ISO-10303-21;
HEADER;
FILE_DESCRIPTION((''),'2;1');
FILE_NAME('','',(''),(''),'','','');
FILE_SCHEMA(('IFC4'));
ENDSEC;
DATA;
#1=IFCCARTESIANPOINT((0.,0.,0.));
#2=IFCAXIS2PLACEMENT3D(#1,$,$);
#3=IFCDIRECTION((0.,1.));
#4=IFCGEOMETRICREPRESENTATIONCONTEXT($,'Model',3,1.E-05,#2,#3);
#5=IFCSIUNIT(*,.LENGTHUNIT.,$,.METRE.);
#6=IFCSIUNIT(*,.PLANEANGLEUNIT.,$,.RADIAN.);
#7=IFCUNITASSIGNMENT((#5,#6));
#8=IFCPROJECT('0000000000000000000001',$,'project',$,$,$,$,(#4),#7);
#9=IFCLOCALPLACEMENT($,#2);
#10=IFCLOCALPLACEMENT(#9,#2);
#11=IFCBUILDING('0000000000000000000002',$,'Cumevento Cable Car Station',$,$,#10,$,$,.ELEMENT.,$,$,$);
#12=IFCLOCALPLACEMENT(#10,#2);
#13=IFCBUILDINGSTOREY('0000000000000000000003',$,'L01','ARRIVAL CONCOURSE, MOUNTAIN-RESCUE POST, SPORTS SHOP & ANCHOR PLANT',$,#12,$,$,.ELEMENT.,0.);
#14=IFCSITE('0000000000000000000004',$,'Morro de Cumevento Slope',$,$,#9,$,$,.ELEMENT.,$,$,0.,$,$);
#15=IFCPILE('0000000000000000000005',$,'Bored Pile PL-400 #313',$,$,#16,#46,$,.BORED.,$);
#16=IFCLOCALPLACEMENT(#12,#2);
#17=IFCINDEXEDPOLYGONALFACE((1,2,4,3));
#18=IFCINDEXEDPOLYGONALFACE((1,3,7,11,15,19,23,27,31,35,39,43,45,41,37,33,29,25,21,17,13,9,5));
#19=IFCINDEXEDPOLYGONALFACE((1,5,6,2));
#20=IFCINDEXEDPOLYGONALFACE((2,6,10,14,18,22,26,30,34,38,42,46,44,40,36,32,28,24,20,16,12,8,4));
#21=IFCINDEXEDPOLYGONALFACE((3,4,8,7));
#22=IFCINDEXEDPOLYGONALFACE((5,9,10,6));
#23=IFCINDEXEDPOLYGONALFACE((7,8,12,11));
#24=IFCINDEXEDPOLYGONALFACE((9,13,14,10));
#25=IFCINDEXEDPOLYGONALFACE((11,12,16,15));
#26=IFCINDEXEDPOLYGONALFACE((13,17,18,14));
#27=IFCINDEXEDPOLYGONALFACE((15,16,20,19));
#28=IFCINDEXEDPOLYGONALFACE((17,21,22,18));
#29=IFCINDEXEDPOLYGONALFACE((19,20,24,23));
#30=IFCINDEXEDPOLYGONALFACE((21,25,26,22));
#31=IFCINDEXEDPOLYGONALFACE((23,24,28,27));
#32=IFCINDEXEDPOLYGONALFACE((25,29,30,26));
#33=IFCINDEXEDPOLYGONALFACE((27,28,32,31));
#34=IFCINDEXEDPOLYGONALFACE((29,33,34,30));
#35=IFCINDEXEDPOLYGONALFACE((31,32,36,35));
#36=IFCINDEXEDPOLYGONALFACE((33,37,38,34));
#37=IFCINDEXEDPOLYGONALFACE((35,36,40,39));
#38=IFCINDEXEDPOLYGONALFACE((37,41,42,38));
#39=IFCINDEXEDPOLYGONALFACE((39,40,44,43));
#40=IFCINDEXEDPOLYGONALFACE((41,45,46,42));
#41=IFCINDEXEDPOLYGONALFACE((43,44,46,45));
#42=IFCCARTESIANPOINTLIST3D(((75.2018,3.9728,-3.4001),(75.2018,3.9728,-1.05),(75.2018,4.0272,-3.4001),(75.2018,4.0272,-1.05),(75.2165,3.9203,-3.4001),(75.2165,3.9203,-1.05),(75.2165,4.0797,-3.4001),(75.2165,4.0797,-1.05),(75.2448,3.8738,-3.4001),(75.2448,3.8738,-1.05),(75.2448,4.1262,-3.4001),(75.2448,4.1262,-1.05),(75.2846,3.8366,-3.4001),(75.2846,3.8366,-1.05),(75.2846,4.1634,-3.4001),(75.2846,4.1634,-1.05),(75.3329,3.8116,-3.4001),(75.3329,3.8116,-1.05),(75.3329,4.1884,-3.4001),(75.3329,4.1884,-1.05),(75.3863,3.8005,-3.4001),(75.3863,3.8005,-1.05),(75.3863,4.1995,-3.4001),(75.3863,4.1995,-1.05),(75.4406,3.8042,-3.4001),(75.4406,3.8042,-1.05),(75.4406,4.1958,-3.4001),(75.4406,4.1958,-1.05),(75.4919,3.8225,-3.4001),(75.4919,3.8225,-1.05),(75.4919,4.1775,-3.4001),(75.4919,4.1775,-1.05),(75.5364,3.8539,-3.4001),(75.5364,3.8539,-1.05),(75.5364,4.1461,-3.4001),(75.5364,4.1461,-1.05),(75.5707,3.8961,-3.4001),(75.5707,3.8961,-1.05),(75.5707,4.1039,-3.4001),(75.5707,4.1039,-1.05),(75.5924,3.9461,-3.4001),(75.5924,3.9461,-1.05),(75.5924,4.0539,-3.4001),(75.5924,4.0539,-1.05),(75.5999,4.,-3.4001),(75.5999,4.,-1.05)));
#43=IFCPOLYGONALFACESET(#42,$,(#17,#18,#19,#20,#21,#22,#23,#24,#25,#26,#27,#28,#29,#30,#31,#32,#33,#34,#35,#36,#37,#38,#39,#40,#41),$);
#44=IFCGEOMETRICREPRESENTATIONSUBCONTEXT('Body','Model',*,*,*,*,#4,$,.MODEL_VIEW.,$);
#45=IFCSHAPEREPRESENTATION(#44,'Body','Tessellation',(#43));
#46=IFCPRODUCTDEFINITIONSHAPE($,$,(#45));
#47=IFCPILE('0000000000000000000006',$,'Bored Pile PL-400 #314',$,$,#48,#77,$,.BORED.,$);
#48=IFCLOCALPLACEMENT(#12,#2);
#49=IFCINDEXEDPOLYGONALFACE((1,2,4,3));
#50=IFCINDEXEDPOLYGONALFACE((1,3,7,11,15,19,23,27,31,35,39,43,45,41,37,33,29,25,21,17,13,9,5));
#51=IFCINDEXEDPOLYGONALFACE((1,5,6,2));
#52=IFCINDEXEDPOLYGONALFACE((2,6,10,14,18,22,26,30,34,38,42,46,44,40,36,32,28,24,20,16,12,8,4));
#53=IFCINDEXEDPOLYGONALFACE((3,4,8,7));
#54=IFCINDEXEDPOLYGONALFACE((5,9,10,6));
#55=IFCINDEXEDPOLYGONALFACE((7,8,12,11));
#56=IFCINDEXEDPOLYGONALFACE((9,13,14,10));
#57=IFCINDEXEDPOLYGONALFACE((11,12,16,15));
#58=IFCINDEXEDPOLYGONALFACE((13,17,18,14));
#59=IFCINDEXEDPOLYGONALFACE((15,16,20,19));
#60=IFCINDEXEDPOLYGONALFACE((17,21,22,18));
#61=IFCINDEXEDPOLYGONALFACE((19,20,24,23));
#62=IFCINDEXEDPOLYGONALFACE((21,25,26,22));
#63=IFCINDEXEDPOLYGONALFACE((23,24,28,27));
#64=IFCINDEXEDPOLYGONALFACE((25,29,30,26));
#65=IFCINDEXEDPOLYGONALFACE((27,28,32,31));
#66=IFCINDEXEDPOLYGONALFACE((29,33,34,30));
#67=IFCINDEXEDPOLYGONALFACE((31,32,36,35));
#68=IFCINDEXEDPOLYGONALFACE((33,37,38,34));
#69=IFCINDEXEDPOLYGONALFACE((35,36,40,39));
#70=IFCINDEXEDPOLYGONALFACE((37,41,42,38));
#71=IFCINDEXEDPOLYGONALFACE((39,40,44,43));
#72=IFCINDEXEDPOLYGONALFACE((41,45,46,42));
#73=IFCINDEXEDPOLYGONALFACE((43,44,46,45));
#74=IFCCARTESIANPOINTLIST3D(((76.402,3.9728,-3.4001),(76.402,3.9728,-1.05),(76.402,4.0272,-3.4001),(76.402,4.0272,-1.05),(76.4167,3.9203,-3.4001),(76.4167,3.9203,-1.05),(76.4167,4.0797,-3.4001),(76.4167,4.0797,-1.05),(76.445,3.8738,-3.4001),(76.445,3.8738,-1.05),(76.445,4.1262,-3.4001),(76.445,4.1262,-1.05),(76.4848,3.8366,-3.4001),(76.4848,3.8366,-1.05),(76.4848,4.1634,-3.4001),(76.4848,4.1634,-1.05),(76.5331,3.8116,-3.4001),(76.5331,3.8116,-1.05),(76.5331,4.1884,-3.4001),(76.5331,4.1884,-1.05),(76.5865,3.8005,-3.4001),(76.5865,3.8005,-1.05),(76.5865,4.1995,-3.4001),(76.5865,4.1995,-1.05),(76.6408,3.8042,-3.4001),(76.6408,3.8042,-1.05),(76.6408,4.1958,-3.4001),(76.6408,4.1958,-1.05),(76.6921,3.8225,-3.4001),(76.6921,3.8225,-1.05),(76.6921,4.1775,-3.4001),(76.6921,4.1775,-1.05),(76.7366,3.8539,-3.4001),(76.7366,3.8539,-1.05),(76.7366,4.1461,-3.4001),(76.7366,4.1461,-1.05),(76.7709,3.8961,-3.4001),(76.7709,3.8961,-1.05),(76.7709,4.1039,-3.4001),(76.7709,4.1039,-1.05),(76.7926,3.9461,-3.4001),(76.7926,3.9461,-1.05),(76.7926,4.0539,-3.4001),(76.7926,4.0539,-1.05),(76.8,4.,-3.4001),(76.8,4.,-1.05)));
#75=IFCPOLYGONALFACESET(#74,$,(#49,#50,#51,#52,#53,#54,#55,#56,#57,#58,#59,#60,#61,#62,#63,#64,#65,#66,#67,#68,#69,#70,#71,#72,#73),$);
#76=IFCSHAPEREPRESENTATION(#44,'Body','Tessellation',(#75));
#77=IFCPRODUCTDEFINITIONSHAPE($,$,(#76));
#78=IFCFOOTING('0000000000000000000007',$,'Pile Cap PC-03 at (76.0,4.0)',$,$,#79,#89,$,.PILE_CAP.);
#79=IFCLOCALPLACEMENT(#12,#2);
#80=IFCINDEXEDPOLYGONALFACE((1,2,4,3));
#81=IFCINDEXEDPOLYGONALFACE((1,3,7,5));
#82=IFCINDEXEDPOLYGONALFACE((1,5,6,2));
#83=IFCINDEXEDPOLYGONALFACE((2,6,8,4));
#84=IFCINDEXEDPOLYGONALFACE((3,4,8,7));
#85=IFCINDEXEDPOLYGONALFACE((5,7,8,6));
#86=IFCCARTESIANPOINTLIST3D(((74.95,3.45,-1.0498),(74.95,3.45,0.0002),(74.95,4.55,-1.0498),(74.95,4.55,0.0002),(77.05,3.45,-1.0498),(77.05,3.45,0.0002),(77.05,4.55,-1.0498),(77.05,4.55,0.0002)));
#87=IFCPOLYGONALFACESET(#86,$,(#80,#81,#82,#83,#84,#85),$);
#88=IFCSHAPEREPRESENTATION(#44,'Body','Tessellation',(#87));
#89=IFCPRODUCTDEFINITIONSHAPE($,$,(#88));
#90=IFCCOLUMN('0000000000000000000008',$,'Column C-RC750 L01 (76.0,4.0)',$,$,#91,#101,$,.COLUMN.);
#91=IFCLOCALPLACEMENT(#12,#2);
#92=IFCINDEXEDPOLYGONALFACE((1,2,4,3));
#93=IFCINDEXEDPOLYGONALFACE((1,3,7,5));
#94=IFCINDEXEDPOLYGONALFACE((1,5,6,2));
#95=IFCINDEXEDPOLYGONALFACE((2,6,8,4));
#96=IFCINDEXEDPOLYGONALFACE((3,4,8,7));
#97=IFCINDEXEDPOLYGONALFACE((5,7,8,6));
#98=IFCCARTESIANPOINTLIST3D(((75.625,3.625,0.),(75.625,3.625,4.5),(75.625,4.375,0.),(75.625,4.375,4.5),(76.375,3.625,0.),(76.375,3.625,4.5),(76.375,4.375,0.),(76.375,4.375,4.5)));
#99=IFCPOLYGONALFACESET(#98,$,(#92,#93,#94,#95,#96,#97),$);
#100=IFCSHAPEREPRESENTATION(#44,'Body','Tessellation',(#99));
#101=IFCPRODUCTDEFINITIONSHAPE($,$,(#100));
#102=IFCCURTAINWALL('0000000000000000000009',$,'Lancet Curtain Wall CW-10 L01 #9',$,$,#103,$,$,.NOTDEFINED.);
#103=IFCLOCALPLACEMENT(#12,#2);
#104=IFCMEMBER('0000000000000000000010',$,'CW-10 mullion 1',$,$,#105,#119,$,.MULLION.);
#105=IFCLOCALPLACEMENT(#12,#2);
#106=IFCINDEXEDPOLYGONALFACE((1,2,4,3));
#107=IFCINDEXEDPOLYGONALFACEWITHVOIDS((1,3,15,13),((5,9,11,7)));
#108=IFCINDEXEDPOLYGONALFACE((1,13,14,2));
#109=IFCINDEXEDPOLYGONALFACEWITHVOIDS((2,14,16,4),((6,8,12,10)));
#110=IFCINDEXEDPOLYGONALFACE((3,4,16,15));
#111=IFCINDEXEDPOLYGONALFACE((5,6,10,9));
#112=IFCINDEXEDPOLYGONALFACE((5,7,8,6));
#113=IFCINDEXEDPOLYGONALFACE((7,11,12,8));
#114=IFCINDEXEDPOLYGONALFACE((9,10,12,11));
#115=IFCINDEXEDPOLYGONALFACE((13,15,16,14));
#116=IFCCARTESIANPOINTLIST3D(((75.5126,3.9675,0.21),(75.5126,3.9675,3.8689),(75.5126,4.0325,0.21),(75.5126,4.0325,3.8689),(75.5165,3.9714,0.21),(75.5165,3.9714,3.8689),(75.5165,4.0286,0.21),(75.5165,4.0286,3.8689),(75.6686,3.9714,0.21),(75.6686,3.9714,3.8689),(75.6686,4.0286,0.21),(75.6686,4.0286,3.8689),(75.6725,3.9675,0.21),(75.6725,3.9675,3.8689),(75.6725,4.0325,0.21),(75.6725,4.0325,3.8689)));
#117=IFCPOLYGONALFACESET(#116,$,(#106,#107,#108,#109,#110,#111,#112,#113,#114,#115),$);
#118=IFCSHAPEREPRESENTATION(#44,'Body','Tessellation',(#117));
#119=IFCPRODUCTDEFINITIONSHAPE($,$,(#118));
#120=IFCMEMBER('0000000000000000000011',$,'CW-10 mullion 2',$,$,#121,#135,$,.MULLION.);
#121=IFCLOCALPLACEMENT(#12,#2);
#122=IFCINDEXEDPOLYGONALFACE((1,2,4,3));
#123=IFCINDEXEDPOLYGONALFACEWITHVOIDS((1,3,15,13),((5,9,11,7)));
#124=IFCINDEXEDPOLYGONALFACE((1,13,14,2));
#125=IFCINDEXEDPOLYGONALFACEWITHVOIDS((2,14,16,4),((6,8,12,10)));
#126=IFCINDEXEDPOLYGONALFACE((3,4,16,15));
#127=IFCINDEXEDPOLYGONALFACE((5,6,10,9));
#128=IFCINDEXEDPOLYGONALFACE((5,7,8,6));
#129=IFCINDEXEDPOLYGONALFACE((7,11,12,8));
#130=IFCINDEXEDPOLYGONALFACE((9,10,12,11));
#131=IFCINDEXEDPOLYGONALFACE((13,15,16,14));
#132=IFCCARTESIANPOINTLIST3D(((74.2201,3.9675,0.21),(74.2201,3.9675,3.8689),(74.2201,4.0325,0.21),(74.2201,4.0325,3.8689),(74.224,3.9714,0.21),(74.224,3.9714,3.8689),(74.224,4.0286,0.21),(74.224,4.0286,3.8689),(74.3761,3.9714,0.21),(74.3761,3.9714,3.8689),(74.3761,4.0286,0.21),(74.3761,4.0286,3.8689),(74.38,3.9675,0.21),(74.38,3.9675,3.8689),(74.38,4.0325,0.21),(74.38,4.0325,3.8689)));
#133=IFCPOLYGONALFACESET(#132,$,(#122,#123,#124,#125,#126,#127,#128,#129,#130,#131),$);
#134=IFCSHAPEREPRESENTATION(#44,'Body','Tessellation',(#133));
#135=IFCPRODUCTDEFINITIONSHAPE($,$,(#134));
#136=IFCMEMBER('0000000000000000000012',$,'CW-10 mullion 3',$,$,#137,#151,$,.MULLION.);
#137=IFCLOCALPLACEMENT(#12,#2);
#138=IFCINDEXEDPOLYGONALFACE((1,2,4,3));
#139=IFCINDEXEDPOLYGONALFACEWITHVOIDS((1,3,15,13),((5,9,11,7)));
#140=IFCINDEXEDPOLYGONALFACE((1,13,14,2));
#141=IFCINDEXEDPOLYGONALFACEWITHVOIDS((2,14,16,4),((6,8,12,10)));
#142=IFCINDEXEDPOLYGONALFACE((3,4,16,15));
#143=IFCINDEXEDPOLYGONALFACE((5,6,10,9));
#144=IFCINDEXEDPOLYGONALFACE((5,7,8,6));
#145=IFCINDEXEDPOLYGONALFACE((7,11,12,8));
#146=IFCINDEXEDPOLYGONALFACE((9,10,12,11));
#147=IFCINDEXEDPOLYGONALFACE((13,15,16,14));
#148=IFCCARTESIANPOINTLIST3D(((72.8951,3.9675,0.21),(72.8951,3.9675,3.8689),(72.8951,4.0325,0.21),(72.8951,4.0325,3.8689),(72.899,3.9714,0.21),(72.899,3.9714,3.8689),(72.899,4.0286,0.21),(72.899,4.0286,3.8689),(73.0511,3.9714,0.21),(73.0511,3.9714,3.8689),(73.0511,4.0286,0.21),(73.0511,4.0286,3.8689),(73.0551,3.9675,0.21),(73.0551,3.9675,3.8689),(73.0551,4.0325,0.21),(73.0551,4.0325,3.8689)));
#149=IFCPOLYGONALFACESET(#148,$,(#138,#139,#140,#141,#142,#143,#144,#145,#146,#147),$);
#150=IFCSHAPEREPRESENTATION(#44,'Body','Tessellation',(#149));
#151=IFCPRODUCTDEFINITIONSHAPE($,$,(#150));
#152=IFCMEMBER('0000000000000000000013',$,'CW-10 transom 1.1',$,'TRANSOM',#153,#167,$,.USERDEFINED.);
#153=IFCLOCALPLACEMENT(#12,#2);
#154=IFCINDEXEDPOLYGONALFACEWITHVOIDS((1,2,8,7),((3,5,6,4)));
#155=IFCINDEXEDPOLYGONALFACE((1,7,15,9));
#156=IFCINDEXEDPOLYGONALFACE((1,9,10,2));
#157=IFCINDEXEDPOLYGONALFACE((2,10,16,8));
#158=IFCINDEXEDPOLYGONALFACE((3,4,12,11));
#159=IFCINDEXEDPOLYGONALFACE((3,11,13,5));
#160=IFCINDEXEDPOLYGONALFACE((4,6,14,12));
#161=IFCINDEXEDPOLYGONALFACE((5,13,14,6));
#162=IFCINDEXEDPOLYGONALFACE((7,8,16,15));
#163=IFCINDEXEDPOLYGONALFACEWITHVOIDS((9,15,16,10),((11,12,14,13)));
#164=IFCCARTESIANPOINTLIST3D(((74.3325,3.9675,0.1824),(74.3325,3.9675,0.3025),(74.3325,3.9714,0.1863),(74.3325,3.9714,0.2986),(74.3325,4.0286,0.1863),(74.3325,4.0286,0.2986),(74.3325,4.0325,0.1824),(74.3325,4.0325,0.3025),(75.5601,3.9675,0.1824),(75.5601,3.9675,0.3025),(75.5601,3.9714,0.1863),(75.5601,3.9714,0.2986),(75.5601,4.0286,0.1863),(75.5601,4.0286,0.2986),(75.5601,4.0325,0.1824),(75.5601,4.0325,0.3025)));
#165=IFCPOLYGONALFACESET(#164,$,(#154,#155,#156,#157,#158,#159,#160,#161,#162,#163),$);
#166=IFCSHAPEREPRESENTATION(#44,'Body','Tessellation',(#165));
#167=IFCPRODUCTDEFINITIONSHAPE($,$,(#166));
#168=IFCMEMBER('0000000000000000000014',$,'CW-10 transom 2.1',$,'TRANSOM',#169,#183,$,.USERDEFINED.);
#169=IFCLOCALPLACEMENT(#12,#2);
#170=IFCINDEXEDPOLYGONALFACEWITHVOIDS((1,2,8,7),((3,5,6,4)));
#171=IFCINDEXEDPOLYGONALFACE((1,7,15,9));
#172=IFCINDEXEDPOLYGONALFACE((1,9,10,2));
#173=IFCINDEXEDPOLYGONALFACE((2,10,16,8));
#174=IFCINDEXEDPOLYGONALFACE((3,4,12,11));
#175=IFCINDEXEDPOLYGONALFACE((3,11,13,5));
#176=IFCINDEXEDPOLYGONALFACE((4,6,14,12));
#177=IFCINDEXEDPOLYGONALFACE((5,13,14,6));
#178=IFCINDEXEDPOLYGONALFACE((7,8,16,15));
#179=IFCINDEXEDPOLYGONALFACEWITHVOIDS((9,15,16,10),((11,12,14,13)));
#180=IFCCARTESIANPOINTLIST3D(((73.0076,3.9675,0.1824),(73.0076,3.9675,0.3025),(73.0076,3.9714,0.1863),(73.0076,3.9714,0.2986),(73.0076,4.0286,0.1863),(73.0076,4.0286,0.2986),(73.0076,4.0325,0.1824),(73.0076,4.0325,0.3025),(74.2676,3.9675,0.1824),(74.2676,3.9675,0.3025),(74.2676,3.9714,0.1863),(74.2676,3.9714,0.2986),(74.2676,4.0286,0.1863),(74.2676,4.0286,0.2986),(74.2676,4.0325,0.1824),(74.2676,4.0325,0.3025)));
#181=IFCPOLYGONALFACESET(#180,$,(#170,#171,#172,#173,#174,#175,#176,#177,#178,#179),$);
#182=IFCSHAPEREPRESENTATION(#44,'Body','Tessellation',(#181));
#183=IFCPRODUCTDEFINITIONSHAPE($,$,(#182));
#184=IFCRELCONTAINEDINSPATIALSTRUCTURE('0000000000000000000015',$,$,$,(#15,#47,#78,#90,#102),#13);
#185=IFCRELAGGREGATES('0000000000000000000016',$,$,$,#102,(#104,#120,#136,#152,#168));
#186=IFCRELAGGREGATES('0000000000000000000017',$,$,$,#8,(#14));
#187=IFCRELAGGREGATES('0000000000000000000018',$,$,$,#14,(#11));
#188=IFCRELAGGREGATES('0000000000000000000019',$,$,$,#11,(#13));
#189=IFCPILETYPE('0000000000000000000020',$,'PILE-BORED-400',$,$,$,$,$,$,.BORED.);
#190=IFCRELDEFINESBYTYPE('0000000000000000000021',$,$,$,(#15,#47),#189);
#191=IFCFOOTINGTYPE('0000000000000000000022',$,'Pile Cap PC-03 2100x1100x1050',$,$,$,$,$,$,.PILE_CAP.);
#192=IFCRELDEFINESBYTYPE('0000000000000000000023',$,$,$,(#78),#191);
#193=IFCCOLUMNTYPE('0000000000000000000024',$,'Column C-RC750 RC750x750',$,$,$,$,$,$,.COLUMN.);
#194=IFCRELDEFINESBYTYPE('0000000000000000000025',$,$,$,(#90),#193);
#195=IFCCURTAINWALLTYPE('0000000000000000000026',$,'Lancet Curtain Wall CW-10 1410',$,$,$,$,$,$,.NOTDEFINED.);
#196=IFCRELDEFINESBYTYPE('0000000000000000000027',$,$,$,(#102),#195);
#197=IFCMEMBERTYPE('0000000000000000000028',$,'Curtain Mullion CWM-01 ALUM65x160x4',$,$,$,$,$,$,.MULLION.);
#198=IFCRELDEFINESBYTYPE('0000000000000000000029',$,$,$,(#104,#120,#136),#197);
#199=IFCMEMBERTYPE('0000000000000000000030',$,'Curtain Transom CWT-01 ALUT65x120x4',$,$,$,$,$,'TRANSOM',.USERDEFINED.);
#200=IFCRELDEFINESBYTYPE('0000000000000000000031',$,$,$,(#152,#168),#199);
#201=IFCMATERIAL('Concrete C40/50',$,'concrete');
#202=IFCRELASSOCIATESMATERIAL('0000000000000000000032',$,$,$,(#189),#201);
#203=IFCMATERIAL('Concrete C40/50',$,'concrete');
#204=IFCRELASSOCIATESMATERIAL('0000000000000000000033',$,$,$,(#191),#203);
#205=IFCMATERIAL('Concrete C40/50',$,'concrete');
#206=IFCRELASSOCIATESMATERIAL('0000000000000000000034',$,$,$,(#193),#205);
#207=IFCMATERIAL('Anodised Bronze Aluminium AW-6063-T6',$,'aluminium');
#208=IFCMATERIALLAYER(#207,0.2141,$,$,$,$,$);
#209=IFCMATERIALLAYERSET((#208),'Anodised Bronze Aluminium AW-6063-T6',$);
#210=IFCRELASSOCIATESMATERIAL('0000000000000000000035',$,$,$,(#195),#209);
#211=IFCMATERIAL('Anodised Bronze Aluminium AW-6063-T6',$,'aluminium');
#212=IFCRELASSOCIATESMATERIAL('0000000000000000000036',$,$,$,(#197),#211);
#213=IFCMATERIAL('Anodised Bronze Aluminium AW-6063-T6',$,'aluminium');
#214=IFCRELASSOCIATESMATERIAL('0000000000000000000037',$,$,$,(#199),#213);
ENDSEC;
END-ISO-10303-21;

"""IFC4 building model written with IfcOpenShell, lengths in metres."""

from ifc_helpers import new_model, si_unit, direction, frame, origin, origin_2d, place, context, subcontext, project, spatial, rectangle, hollow_rectangle, circle, extrude, material, layer, layer_set, material_profile, profile_set, type_object, element, aggregate, save


model = new_model("IFC4")

# Units and contexts
model_context = context("Model", 3, precision=1e-05, world=origin(), true_north=direction((0.0, 1.0)))
body_context = subcontext(model_context, "Body", "Model", "MODEL_VIEW")
ifc_project = project(units=[si_unit("LENGTHUNIT", "METRE"), si_unit("PLANEANGLEUNIT", "RADIAN")], contexts=[model_context])

# Site, building, storey
site_placement = place(None, origin())
site = spatial("IfcSite", under=ifc_project, at=site_placement, Name="Morro de Cumevento Slope", CompositionType="ELEMENT", RefElevation=0.0)
building_placement = place(site_placement, origin())
building = spatial("IfcBuilding", under=site, at=building_placement, Name="Cumevento Cable Car Station", CompositionType="ELEMENT")
storey_placement = place(building_placement, origin())
storey = spatial("IfcBuildingStorey", under=building, at=storey_placement, Name="L01", Description="ARRIVAL CONCOURSE, MOUNTAIN-RESCUE POST, SPORTS SHOP & ANCHOR PLANT", CompositionType="ELEMENT", Elevation=0.0)

# Piles
ifc_material_1 = material(Name="Concrete C40/50", Category="concrete")
ifc_material_profile_1 = material_profile(ifc_material_1, circle(Radius=0.2, at=origin_2d()), Name="PILE-D400")
ifc_profile_set_1 = profile_set([ifc_material_profile_1], Name="Concrete C40/50")
pile_type = type_object("IfcPileType", Name="PILE-BORED-400", PredefinedType="BORED", material=ifc_profile_set_1)
for number, where, z_axis, x_axis, name in (
    (1, (75.3999, 4.0, -1.05), (0.0, 0.0, -1.0), (1.0, 0.0, 0.0), "Bored Pile PL-400 #313"),
    (2, (76.6001, 4.0, -1.05), (0.0, 0.0, -1.0), (1.0, 0.0, 0.0), "Bored Pile PL-400 #314"),
):
    element("IfcPile", number, at=place(storey_placement, frame(where, z_axis=z_axis, x_axis=x_axis)), inside=storey, type_object=pile_type, Name=name, PredefinedType="BORED", context=body_context, shape_type="SweptSolid", body=[
        extrude(circle(Radius=0.2, at=origin_2d()), origin(), (0.0, 0.0, 1.0), 2.3501),
    ])

# Footing
ifc_material_2 = material(Name="Concrete C40/50", Category="concrete")
footing_type = type_object("IfcFootingType", Name="Pile Cap PC-03 2100x1100x1050", PredefinedType="PILE_CAP", material=ifc_material_2)
footing_placement = place(storey_placement, frame((76.0, 4.0, -1.0498), z_axis=(0.0, 0.0, 1.0), x_axis=(1.0, 0.0, 0.0)))
element("IfcFooting", 3, at=footing_placement, inside=storey, type_object=footing_type, Name="Pile Cap PC-03 at (76.0,4.0)", PredefinedType="PILE_CAP", context=body_context, shape_type="SweptSolid", body=[
    extrude(rectangle(XDim=2.1001, YDim=1.1001, at=origin_2d()), origin(), (0.0, 0.0, 1.0), 1.05),
])

# Column
ifc_material_3 = material(Name="Concrete C40/50", Category="concrete")
ifc_material_profile_2 = material_profile(ifc_material_3, rectangle(XDim=0.75, YDim=0.75, at=origin_2d()), Name="RC750x750")
ifc_profile_set_2 = profile_set([ifc_material_profile_2], Name="Concrete C40/50")
column_type = type_object("IfcColumnType", Name="Column C-RC750 RC750x750", PredefinedType="COLUMN", material=ifc_profile_set_2)
column_placement = place(storey_placement, frame((76.0, 4.0, 0.0), z_axis=(0.0, 0.0, 1.0), x_axis=(1.0, 0.0, 0.0)))
element("IfcColumn", 4, at=column_placement, inside=storey, type_object=column_type, Name="Column C-RC750 L01 (76.0,4.0)", PredefinedType="COLUMN", context=body_context, shape_type="SweptSolid", body=[
    extrude(rectangle(XDim=0.75, YDim=0.75, at=origin_2d()), origin(), (0.0, 0.0, 1.0), 4.5),
])

# Curtain wall, members
ifc_material_4 = material(Name="Anodised Bronze Aluminium AW-6063-T6", Category="aluminium")
ifc_layer_1 = layer(ifc_material_4, 0.2141)
ifc_layer_set_1 = layer_set([ifc_layer_1], Name="Anodised Bronze Aluminium AW-6063-T6")
curtain_wall_type = type_object("IfcCurtainWallType", Name="Lancet Curtain Wall CW-10 1410", PredefinedType="NOTDEFINED", material=ifc_layer_set_1)
curtain_wall_placement = place(storey_placement, origin())
curtain_wall = element("IfcCurtainWall", 5, at=curtain_wall_placement, inside=storey, type_object=curtain_wall_type, Name="Lancet Curtain Wall CW-10 L01 #9", PredefinedType="NOTDEFINED")
ifc_material_5 = material(Name="Anodised Bronze Aluminium AW-6063-T6", Category="aluminium")
ifc_material_profile_3 = material_profile(ifc_material_5, hollow_rectangle(XDim=0.0649, YDim=0.1599, WallThickness=0.0039, at=origin_2d()), Name="ALUM65x160x4")
ifc_profile_set_3 = profile_set([ifc_material_profile_3], Name="Anodised Bronze Aluminium AW-6063-T6")
member_type_1 = type_object("IfcMemberType", Name="Curtain Mullion CWM-01 ALUM65x160x4", PredefinedType="MULLION", material=ifc_profile_set_3)
member_1_placement = place(storey_placement, frame((75.5925, 4.0, 0.21), z_axis=(0.0, 0.0, 1.0), x_axis=(0.0, -1.0, 0.0)))
member_1 = element("IfcMember", 6, at=member_1_placement, type_object=member_type_1, Name="CW-10 mullion 1", PredefinedType="MULLION", context=body_context, shape_type="SweptSolid", body=[
    extrude(hollow_rectangle(XDim=0.0649, YDim=0.1599, WallThickness=0.0039, at=origin_2d()), origin(), (0.0, 0.0, 1.0), 3.6589),
])
member_2_placement = place(storey_placement, frame((74.3, 4.0, 0.21), z_axis=(0.0, 0.0, 1.0), x_axis=(0.0, -1.0, 0.0)))
member_2 = element("IfcMember", 7, at=member_2_placement, type_object=member_type_1, Name="CW-10 mullion 2", PredefinedType="MULLION", context=body_context, shape_type="SweptSolid", body=[
    extrude(hollow_rectangle(XDim=0.0649, YDim=0.1599, WallThickness=0.0039, at=origin_2d()), origin(), (0.0, 0.0, 1.0), 3.6589),
])
member_3_placement = place(storey_placement, frame((72.9751, 4.0, 0.21), z_axis=(0.0, 0.0, 1.0), x_axis=(0.0, -1.0, 0.0)))
member_3 = element("IfcMember", 8, at=member_3_placement, type_object=member_type_1, Name="CW-10 mullion 3", PredefinedType="MULLION", context=body_context, shape_type="SweptSolid", body=[
    extrude(hollow_rectangle(XDim=0.0649, YDim=0.1599, WallThickness=0.0039, at=origin_2d()), origin(), (0.0, 0.0, 1.0), 3.6589),
])
ifc_material_6 = material(Name="Anodised Bronze Aluminium AW-6063-T6", Category="aluminium")
ifc_material_profile_4 = material_profile(ifc_material_6, hollow_rectangle(XDim=0.0649, YDim=0.1201, WallThickness=0.0039, at=origin_2d()), Name="ALUT65x120x4")
ifc_profile_set_4 = profile_set([ifc_material_profile_4], Name="Anodised Bronze Aluminium AW-6063-T6")
member_type_2 = type_object("IfcMemberType", Name="Curtain Transom CWT-01 ALUT65x120x4", ElementType="TRANSOM", PredefinedType="USERDEFINED", material=ifc_profile_set_4)
member_4_placement = place(storey_placement, frame((75.5601, 4.0, 0.2424), z_axis=(-1.0, 0.0, 0.0), x_axis=(0.0, -1.0, 0.0)))
member_4 = element("IfcMember", 9, at=member_4_placement, type_object=member_type_2, Name="CW-10 transom 1.1", ObjectType="TRANSOM", PredefinedType="USERDEFINED", context=body_context, shape_type="SweptSolid", body=[
    extrude(hollow_rectangle(XDim=0.0649, YDim=0.1201, WallThickness=0.0039, at=origin_2d()), origin(), (0.0, 0.0, 1.0), 1.2275),
])
member_5_placement = place(storey_placement, frame((74.2676, 4.0, 0.2424), z_axis=(-1.0, 0.0, 0.0), x_axis=(0.0, -1.0, 0.0)))
member_5 = element("IfcMember", 10, at=member_5_placement, type_object=member_type_2, Name="CW-10 transom 2.1", ObjectType="TRANSOM", PredefinedType="USERDEFINED", context=body_context, shape_type="SweptSolid", body=[
    extrude(hollow_rectangle(XDim=0.0649, YDim=0.1201, WallThickness=0.0039, at=origin_2d()), origin(), (0.0, 0.0, 1.0), 1.26),
])
aggregate(curtain_wall, [member_1, member_2, member_3, member_4, member_5])

save(model, "model.ifc")
